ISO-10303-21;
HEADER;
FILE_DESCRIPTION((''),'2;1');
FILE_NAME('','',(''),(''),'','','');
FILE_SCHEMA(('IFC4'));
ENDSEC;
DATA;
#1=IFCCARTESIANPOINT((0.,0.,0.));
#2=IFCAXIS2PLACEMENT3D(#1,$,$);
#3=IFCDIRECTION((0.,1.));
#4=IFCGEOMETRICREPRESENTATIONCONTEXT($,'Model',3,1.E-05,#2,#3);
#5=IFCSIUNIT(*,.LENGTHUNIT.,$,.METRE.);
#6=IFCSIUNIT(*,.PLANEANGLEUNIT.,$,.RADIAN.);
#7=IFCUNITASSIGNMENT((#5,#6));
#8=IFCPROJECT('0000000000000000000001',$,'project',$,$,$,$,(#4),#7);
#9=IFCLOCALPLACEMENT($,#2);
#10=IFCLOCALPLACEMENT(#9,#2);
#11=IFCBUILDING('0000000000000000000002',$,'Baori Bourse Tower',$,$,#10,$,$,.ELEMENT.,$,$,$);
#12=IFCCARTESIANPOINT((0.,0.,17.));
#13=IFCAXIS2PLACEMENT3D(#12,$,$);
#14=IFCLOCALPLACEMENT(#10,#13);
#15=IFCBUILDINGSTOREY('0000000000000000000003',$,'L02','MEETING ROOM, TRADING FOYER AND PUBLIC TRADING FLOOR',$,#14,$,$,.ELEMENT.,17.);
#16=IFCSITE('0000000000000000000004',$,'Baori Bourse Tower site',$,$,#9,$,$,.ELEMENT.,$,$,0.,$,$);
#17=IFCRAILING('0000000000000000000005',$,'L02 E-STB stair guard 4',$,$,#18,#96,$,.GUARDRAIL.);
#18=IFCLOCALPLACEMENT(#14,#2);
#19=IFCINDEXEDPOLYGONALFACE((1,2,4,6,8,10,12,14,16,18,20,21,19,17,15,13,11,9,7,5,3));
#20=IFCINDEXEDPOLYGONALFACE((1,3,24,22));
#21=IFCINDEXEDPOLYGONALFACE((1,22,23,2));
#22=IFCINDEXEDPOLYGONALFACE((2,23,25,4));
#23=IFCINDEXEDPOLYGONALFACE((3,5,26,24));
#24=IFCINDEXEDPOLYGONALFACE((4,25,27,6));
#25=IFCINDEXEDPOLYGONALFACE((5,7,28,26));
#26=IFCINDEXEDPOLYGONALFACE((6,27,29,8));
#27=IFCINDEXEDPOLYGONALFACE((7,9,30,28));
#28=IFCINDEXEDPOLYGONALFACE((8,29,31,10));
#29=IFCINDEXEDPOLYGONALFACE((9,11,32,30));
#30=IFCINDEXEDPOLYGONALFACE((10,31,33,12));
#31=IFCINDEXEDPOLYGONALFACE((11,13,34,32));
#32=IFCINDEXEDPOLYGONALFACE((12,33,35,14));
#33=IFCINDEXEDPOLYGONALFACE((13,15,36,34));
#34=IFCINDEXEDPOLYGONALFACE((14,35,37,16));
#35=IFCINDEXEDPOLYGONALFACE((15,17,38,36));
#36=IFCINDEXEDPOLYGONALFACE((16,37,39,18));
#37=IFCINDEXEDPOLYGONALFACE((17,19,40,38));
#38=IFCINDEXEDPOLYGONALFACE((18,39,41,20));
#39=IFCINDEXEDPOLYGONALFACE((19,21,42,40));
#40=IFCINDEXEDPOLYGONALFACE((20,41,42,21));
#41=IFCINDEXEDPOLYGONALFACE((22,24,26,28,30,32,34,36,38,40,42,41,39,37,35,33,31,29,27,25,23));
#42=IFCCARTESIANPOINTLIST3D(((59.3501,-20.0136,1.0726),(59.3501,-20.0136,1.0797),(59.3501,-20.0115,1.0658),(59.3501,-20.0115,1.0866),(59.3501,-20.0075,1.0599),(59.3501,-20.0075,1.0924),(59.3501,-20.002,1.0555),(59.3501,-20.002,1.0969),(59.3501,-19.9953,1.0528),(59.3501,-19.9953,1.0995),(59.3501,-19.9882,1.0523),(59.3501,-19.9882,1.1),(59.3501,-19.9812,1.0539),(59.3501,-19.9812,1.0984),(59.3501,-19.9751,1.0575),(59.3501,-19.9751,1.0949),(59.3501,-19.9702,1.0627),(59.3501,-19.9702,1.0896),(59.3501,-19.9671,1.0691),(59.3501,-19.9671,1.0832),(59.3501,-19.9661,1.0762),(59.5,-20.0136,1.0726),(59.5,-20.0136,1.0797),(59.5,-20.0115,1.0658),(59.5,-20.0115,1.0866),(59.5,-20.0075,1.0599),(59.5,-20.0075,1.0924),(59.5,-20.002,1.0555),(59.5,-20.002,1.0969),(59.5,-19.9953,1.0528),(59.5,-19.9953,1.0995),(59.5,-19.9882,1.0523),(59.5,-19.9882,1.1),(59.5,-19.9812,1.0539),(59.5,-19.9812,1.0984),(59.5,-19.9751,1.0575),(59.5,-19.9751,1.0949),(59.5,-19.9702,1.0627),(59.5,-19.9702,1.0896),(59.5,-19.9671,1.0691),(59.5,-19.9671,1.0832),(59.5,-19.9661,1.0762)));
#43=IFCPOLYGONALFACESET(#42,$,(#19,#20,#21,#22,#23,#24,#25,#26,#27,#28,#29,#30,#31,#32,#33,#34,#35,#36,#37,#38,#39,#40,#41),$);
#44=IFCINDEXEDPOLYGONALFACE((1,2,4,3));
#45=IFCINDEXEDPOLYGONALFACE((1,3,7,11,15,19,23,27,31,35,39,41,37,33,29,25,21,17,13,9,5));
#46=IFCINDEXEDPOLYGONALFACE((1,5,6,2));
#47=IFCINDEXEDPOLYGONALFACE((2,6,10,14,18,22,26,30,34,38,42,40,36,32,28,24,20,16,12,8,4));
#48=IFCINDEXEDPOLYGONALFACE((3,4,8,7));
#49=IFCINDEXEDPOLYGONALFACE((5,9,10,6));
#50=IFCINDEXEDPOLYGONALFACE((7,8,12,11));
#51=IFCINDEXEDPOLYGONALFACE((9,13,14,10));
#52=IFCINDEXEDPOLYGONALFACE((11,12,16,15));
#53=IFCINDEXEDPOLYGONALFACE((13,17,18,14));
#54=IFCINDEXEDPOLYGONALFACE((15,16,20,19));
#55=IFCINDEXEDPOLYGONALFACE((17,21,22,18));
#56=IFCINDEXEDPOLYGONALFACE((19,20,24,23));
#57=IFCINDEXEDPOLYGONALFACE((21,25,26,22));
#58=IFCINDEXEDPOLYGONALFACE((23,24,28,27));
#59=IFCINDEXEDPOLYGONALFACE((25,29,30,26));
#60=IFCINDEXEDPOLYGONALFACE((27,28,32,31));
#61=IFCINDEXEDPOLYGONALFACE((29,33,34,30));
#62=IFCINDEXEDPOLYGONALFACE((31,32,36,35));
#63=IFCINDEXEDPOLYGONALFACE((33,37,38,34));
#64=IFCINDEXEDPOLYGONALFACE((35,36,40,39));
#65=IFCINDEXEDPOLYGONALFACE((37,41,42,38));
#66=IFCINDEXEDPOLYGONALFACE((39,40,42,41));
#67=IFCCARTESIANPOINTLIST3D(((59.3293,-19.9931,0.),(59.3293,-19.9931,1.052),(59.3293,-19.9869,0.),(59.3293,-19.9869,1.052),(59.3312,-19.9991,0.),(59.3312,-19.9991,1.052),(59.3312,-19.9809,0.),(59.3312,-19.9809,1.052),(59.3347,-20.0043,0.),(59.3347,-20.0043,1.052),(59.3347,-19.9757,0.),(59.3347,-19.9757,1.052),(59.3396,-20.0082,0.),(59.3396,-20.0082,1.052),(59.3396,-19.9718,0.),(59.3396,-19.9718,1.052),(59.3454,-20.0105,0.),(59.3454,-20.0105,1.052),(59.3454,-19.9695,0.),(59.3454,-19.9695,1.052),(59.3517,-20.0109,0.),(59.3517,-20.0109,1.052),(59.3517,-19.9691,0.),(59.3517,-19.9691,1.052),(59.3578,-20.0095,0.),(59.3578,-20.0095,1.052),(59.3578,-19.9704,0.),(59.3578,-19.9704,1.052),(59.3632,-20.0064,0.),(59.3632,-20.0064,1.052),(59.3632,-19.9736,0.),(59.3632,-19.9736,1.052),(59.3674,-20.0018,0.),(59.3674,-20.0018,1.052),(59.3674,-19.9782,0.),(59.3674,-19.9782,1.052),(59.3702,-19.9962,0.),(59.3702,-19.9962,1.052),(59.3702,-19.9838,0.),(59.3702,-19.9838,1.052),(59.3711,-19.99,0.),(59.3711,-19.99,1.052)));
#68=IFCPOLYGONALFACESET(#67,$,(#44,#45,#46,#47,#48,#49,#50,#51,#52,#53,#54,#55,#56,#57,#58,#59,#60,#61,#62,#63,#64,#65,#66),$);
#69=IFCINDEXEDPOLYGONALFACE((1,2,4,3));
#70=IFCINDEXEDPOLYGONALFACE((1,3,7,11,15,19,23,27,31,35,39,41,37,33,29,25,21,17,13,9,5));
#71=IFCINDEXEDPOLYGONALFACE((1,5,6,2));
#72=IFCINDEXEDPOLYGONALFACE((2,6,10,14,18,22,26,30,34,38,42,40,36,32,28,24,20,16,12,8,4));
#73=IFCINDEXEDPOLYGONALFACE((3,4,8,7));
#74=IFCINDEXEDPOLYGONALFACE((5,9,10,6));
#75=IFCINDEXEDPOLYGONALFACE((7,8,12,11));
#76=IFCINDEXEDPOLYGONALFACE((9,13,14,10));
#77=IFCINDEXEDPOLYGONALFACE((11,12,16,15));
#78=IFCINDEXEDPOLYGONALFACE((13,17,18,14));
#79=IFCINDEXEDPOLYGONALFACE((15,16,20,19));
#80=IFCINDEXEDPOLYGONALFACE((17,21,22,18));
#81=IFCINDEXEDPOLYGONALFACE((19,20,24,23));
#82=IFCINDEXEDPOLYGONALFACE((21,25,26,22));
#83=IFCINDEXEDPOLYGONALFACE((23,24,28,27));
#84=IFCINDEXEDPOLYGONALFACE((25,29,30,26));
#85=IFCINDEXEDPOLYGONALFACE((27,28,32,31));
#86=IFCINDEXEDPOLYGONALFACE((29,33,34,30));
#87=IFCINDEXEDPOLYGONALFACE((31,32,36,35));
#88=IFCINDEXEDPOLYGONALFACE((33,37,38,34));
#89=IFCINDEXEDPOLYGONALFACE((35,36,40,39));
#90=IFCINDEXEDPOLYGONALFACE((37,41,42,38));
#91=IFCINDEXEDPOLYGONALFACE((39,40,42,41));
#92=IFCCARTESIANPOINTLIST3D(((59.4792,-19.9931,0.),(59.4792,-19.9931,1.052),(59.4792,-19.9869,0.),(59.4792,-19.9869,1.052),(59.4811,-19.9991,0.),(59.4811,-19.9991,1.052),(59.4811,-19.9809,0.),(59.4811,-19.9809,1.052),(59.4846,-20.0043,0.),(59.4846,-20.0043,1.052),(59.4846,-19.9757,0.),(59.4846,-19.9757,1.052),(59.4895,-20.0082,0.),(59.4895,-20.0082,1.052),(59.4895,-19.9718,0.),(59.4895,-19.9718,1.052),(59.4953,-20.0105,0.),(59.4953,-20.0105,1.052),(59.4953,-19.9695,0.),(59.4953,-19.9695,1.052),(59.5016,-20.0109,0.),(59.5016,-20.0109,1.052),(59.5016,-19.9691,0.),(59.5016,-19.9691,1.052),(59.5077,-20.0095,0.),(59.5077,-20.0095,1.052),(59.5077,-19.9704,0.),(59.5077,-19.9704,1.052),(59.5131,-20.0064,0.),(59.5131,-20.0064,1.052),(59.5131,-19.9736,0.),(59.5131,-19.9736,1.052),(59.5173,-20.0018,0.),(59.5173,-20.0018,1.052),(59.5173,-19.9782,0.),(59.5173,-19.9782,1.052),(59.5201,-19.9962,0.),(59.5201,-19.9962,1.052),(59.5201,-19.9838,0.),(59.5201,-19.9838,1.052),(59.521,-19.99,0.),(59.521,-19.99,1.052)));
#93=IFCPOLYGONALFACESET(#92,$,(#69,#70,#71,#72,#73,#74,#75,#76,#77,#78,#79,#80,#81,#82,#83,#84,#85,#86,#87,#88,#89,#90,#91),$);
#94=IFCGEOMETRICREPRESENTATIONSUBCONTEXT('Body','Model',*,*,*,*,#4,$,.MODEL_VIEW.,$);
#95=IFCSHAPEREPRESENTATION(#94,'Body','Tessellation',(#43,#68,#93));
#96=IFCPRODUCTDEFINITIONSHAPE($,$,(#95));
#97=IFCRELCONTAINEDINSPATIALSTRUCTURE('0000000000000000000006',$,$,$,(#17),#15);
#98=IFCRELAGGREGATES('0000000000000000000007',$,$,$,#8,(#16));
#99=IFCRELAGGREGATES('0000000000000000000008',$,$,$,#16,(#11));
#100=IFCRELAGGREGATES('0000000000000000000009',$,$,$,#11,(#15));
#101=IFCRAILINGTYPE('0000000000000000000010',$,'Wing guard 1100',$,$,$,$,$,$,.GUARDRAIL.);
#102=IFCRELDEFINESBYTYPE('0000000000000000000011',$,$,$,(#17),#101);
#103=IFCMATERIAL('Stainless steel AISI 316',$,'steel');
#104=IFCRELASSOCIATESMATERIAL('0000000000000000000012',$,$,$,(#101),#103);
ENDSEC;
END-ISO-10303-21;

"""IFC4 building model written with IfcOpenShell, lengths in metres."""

from ifc_helpers import new_model, si_unit, direction, frame, origin, origin_2d, place, context, subcontext, project, spatial, circle, extrude, material, type_object, element, save


model = new_model("IFC4")

# Units and contexts
model_context = context("Model", 3, precision=1e-05, world=origin(), true_north=direction((0.0, 1.0)))
body_context = subcontext(model_context, "Body", "Model", "MODEL_VIEW")
ifc_project = project(units=[si_unit("LENGTHUNIT", "METRE"), si_unit("PLANEANGLEUNIT", "RADIAN")], contexts=[model_context])

# Site, building, storey
site_placement = place(None, origin())
site = spatial("IfcSite", under=ifc_project, at=site_placement, Name="Baori Bourse Tower site", CompositionType="ELEMENT", RefElevation=0.0)
building_placement = place(site_placement, origin())
building = spatial("IfcBuilding", under=site, at=building_placement, Name="Baori Bourse Tower", CompositionType="ELEMENT")
storey_placement = place(building_placement, frame((0.0, 0.0, 17.0)))
storey = spatial("IfcBuildingStorey", under=building, at=storey_placement, Name="L02", Description="MEETING ROOM, TRADING FOYER AND PUBLIC TRADING FLOOR", CompositionType="ELEMENT", Elevation=17.0)

# Railing
ifc_material_1 = material(Name="Stainless steel AISI 316", Category="steel")
railing_type_1 = type_object("IfcRailingType", Name="Wing guard 1100", PredefinedType="GUARDRAIL", material=ifc_material_1)
railing_1_placement = place(storey_placement, frame((59.3501, -19.99, 0.0)))
element("IfcRailing", 1, at=railing_1_placement, inside=storey, type_object=railing_type_1, Name="L02 E-STB stair guard 4", PredefinedType="GUARDRAIL", context=body_context, shape_type="SweptSolid", body=[
    extrude(circle(Radius=0.0239, at=origin_2d()), frame((0.0, 0.0, 1.0762), z_axis=(1.0, 0.0, 0.0), x_axis=(0.0, 1.0, 0.0)), (0.0, 0.0, 1.0), 0.1499),
    extrude(circle(Radius=0.021, at=origin_2d()), origin(), (0.0, 0.0, 1.0), 1.052),
    extrude(circle(Radius=0.021, at=origin_2d()), frame((0.1499, 0.0, 0.0)), (0.0, 0.0, 1.0), 1.052),
])

save(model, "model.ifc")
